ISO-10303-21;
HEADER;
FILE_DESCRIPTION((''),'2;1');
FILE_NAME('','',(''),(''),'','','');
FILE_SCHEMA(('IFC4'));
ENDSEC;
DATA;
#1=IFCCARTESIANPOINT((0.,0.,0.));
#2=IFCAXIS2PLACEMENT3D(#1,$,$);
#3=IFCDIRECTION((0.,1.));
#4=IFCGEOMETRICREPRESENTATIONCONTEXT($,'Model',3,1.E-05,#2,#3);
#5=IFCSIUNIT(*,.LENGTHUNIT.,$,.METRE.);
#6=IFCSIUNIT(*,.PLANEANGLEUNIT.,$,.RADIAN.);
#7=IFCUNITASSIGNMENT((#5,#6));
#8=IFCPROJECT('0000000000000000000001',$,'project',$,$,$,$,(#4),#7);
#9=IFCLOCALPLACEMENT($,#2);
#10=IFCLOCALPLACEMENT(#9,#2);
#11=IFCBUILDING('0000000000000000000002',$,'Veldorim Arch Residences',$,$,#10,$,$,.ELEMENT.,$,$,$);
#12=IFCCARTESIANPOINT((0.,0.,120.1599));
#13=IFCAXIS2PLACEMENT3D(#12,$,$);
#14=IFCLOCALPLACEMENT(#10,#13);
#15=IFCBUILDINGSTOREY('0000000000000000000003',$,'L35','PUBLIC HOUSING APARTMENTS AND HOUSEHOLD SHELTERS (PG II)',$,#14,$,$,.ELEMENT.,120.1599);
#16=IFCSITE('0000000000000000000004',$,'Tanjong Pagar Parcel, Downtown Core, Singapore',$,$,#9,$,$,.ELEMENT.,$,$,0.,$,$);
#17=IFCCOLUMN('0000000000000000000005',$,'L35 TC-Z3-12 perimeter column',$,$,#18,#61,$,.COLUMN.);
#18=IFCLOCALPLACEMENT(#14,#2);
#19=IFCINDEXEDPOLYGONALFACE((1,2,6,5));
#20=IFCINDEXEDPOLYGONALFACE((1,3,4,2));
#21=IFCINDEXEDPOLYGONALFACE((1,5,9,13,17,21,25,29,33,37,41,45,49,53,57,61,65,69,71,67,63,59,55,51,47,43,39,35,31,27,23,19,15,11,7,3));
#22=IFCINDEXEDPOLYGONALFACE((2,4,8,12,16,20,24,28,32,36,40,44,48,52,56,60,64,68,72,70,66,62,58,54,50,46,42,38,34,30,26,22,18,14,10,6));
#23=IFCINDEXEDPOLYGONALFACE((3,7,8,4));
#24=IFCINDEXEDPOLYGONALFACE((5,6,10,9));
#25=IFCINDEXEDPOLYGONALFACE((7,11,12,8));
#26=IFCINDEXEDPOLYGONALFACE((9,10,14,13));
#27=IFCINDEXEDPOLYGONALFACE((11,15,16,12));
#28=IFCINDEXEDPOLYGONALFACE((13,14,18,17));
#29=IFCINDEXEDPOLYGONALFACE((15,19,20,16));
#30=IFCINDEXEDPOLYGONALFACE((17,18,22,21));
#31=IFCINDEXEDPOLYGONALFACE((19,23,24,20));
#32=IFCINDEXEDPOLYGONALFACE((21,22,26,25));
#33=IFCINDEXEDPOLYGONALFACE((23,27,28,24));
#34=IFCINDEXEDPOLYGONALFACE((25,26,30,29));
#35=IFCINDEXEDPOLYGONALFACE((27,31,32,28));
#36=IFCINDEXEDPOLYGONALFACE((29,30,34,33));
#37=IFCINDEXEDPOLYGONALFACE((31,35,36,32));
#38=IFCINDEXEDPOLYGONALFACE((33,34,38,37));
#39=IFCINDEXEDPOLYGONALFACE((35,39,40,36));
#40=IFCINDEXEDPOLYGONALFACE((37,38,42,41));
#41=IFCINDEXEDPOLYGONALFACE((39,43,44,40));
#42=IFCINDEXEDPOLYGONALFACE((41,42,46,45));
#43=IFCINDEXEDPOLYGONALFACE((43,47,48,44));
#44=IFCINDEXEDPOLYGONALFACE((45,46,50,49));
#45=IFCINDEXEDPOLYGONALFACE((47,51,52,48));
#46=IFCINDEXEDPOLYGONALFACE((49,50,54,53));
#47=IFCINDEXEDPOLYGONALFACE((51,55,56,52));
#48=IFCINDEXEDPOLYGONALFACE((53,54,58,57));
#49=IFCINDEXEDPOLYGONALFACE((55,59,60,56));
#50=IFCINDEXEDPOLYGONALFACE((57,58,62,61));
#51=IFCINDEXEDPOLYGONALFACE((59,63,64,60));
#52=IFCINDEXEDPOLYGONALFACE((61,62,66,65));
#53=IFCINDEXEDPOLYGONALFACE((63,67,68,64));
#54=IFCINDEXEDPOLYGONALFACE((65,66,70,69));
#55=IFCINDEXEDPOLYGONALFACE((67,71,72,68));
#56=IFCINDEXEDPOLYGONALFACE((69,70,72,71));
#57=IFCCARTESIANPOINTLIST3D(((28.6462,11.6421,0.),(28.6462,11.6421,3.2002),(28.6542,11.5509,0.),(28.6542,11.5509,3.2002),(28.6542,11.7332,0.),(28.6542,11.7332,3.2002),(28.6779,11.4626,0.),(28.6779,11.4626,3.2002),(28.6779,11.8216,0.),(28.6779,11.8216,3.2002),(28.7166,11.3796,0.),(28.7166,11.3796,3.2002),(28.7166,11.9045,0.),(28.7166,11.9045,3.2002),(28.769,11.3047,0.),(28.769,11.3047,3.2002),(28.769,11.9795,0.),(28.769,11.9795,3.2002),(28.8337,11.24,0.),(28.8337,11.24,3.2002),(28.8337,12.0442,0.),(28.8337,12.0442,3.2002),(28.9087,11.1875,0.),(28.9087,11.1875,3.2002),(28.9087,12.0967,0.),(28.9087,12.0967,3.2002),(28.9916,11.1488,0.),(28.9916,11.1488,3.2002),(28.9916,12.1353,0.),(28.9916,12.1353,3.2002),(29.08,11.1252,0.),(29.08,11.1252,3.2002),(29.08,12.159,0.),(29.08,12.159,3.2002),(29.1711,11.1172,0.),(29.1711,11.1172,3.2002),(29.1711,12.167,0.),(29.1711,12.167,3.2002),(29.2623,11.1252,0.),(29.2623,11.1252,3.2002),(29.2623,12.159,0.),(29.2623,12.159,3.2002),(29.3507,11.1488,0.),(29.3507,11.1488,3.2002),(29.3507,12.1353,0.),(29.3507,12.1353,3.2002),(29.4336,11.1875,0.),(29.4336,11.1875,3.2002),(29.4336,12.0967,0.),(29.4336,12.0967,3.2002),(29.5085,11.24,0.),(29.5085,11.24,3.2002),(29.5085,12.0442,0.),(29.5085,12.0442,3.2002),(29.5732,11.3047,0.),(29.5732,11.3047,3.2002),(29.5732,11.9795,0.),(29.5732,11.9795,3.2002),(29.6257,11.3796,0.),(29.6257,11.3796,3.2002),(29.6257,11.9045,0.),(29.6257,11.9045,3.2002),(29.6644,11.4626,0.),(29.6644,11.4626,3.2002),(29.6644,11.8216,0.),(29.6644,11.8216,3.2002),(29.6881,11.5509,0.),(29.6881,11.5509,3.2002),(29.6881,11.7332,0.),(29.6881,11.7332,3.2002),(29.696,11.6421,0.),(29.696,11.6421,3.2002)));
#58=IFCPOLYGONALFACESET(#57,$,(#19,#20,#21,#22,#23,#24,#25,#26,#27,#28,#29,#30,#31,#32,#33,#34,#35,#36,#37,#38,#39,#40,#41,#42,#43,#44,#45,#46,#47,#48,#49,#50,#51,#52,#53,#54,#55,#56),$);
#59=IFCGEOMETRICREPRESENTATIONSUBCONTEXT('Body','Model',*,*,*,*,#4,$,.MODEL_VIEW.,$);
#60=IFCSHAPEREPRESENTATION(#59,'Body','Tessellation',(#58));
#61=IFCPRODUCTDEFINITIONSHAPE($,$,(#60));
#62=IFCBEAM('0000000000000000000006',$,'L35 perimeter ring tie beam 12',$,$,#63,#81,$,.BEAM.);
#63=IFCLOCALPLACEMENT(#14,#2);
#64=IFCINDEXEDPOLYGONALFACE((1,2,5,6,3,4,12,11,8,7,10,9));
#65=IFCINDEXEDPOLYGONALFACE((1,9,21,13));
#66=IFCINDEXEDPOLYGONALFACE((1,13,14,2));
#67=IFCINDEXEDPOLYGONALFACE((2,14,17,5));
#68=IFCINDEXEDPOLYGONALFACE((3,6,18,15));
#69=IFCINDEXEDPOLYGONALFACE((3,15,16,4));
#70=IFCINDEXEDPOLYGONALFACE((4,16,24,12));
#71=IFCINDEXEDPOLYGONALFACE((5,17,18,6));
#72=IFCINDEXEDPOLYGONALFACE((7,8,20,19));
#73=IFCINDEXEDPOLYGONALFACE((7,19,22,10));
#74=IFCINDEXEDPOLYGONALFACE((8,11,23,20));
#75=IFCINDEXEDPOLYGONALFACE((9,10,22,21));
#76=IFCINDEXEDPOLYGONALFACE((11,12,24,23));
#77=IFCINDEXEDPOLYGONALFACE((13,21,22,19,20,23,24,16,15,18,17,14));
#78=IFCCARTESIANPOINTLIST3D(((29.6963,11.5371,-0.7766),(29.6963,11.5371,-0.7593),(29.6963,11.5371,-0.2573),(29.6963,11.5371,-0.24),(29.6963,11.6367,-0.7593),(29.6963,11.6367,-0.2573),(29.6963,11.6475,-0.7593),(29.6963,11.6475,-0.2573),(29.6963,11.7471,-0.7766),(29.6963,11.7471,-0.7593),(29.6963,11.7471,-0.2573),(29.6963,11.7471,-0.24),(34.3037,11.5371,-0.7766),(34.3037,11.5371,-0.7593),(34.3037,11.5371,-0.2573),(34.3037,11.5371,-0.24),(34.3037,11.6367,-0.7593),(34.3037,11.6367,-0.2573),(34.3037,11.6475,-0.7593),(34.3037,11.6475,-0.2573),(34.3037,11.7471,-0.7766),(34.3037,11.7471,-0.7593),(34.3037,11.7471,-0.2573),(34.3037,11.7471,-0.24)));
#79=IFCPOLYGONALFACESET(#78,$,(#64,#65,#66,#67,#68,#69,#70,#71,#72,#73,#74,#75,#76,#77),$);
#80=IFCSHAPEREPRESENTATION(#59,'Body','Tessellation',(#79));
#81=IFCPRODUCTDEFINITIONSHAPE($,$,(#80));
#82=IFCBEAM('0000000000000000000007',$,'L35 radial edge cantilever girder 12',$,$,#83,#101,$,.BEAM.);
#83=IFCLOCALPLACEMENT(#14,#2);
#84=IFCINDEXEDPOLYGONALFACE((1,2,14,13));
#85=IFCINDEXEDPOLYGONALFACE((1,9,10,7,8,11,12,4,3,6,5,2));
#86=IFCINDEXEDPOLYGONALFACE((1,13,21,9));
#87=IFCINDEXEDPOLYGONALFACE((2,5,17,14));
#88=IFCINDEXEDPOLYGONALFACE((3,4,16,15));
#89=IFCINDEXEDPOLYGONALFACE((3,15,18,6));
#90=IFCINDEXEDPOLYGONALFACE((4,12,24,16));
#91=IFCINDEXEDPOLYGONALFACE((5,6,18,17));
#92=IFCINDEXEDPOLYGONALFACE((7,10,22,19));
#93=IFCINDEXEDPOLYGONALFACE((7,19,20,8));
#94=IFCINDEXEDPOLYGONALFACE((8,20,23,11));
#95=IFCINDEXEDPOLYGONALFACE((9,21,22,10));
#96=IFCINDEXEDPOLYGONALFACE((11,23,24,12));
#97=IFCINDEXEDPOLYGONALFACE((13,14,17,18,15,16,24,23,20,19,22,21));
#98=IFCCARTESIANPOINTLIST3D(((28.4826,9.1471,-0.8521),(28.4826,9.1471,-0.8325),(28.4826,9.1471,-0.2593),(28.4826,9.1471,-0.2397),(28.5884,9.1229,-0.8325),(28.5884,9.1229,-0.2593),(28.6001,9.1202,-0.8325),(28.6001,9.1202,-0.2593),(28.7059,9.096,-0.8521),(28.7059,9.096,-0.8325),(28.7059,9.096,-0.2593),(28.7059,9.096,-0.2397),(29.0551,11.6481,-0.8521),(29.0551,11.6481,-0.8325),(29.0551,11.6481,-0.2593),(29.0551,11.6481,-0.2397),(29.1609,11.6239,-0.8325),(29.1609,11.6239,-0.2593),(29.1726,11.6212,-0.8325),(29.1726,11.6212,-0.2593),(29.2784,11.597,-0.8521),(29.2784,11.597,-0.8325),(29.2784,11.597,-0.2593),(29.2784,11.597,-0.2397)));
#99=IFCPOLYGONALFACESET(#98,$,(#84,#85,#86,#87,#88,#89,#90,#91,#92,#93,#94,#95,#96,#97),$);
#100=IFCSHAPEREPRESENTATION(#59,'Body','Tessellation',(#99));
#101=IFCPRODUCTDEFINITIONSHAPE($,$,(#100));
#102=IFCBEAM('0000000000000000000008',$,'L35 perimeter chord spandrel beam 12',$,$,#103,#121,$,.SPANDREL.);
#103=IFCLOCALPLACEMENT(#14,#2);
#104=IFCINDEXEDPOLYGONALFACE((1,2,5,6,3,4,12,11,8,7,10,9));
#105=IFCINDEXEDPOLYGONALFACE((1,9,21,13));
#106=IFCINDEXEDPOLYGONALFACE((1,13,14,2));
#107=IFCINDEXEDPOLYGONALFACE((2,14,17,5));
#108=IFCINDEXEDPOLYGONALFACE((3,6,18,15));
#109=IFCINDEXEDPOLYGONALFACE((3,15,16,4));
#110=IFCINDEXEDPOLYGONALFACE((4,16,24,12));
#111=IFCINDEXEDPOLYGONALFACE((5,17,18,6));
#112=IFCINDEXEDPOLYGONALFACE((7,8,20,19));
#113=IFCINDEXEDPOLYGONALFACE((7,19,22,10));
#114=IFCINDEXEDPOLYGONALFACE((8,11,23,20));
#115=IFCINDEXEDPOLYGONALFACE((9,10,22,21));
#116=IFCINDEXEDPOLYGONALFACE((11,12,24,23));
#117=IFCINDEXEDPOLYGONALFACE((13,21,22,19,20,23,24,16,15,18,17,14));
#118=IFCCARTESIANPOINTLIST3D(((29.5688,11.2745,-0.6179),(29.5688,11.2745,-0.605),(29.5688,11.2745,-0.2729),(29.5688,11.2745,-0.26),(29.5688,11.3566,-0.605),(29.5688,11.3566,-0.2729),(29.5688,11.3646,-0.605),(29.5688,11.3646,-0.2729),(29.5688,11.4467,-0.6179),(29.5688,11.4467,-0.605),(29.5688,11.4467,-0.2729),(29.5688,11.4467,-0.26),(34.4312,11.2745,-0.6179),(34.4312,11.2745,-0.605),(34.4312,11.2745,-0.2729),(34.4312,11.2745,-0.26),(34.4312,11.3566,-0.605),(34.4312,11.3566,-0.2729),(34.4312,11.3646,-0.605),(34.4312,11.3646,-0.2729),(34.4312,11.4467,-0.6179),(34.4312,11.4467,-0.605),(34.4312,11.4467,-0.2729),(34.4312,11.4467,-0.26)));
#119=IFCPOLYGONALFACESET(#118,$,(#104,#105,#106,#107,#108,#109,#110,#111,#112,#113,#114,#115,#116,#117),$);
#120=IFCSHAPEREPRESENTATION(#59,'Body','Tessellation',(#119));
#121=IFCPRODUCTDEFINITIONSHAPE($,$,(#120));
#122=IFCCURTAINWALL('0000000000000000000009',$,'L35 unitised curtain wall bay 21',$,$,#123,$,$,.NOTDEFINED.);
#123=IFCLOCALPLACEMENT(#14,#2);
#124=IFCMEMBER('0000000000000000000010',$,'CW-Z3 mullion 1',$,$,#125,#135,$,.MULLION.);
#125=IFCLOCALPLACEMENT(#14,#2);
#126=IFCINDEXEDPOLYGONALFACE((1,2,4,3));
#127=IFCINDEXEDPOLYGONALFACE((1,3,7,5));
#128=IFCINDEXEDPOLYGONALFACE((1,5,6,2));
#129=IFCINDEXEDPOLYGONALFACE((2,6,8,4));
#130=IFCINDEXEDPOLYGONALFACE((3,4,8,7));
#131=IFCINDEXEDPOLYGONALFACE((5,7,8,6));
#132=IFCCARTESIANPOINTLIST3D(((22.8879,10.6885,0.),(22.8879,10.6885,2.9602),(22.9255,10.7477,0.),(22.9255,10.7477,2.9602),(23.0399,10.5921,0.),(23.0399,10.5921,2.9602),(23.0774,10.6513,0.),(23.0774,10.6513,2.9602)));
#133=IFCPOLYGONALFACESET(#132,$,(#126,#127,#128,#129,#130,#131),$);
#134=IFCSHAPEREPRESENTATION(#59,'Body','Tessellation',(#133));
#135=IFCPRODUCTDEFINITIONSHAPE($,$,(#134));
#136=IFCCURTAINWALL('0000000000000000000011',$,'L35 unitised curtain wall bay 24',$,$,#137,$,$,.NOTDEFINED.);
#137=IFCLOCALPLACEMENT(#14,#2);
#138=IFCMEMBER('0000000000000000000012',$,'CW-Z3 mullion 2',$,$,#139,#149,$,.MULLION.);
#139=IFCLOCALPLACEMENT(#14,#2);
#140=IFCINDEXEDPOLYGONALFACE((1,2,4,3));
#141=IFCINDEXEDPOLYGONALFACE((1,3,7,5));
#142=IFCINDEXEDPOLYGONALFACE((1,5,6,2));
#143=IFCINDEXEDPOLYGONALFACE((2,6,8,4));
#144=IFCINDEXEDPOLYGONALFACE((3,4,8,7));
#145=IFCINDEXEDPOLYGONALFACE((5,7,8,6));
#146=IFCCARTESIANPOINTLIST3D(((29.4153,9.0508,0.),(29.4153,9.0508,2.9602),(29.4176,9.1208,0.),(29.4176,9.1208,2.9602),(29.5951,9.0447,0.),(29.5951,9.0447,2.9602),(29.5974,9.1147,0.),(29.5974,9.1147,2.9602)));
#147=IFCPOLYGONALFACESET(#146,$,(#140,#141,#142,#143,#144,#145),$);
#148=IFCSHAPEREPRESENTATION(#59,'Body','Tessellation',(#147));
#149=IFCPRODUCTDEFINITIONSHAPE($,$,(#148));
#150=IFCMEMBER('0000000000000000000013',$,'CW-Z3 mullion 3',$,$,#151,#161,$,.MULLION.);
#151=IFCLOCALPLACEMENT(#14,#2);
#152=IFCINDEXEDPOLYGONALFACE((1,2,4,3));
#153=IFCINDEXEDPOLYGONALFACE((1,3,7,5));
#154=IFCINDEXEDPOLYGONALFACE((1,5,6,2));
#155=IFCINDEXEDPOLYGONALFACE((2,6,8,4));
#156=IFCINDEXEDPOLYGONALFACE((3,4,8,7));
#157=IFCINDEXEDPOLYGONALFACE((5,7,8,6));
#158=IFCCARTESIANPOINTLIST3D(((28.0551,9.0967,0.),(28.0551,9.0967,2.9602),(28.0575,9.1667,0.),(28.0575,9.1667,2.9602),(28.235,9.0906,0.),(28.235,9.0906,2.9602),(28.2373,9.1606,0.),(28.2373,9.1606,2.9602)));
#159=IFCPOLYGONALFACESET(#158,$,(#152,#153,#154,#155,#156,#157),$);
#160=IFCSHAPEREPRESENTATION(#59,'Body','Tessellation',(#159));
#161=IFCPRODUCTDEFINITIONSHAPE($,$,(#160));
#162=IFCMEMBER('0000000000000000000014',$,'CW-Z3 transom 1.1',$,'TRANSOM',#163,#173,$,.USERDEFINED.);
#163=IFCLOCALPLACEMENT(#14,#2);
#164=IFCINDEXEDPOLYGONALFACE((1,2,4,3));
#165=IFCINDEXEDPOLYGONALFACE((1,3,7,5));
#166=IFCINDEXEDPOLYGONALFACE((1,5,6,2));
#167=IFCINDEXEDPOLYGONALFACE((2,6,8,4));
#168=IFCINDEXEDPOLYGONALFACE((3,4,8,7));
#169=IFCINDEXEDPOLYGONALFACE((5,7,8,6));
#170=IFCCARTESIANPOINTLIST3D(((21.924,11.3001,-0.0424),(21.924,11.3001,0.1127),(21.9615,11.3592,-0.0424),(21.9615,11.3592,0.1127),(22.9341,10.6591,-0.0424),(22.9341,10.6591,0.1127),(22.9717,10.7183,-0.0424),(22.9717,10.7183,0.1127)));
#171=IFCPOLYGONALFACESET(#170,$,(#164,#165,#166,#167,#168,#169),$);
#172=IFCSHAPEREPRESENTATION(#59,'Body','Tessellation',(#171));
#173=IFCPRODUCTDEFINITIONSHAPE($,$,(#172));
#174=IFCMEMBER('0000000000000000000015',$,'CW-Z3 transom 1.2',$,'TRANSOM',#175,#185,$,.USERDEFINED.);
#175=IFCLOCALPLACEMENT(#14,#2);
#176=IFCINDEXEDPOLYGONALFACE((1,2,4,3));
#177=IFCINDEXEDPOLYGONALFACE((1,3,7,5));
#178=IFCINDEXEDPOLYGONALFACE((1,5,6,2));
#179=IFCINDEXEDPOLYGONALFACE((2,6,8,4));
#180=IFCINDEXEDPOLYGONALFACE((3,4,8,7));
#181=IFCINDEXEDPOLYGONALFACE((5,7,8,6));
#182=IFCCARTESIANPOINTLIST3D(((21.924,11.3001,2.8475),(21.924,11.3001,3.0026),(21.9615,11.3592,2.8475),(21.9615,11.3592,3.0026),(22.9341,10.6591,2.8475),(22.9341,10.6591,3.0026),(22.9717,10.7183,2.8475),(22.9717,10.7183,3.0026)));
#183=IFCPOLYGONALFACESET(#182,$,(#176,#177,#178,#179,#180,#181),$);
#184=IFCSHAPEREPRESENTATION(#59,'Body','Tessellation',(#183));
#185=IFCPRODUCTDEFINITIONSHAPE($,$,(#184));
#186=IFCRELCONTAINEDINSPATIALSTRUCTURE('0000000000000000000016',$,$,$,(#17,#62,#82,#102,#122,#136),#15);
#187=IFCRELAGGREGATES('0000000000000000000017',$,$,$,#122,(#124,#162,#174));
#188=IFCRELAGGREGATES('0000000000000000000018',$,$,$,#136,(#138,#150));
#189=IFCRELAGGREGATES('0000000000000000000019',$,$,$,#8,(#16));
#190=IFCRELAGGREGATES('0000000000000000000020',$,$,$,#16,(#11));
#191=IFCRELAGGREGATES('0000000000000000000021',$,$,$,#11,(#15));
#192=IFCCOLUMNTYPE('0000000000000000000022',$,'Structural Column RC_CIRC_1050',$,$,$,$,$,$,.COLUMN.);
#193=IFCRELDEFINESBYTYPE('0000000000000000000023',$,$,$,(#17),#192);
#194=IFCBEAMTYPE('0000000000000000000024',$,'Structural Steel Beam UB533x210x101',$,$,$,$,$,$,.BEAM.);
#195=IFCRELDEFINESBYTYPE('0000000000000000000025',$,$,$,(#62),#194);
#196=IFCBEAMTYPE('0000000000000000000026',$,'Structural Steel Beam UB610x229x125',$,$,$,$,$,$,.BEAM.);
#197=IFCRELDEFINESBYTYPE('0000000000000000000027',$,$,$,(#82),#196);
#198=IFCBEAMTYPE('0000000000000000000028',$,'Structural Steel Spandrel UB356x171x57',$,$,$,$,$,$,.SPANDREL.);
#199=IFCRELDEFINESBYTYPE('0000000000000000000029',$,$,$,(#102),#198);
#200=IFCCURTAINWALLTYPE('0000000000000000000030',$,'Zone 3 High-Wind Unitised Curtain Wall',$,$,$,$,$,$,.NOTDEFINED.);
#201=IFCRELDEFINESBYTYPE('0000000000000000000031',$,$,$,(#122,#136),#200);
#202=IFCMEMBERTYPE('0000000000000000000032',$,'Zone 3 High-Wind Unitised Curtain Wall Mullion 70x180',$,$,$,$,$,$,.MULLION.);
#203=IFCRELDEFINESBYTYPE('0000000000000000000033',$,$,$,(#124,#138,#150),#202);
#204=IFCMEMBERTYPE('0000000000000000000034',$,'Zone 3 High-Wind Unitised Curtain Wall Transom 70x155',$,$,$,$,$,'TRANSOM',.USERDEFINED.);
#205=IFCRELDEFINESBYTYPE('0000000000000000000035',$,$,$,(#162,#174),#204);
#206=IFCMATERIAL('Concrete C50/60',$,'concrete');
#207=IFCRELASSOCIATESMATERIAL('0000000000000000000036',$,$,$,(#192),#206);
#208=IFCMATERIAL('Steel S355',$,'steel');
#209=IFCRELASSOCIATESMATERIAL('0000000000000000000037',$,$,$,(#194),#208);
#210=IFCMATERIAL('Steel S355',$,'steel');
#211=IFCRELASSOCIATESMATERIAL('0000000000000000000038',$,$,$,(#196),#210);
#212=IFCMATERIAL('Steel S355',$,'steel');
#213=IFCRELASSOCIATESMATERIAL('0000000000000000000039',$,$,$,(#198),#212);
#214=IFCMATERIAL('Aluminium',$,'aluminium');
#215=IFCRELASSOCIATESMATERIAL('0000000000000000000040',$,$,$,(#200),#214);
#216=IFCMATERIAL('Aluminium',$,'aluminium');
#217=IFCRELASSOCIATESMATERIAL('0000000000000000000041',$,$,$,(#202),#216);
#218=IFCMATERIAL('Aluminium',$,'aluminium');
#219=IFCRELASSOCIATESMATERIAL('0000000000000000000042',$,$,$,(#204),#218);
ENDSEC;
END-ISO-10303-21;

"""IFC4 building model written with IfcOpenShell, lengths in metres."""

from ifc_helpers import new_model, si_unit, direction, frame, origin, origin_2d, place, context, subcontext, project, spatial, rectangle, circle, i_section, extrude, material, material_profile, profile_set, type_object, element, aggregate, save


model = new_model("IFC4")

# Units and contexts
model_context = context("Model", 3, precision=1e-05, world=origin(), true_north=direction((0.0, 1.0)))
body_context = subcontext(model_context, "Body", "Model", "MODEL_VIEW")
ifc_project = project(units=[si_unit("LENGTHUNIT", "METRE"), si_unit("PLANEANGLEUNIT", "RADIAN")], contexts=[model_context])

# Site, building, storey
site_placement = place(None, origin())
site = spatial("IfcSite", under=ifc_project, at=site_placement, Name="Tanjong Pagar Parcel, Downtown Core, Singapore", CompositionType="ELEMENT", RefElevation=0.0)
building_placement = place(site_placement, origin())
building = spatial("IfcBuilding", under=site, at=building_placement, Name="Veldorim Arch Residences", CompositionType="ELEMENT")
storey_placement = place(building_placement, frame((0.0, 0.0, 120.1599)))
storey = spatial("IfcBuildingStorey", under=building, at=storey_placement, Name="L35", Description="PUBLIC HOUSING APARTMENTS AND HOUSEHOLD SHELTERS (PG II)", CompositionType="ELEMENT", Elevation=120.1599)

# Column
ifc_material_1 = material(Name="Concrete C50/60", Category="concrete")
ifc_material_profile_1 = material_profile(ifc_material_1, circle(Radius=0.5249, at=origin_2d()), Name="RC_CIRC_1050")
ifc_profile_set_1 = profile_set([ifc_material_profile_1], Name="Concrete C50/60")
column_type = type_object("IfcColumnType", Name="Structural Column RC_CIRC_1050", PredefinedType="COLUMN", material=ifc_profile_set_1)
column_placement = place(storey_placement, frame((29.1711, 11.6421, 0.0), z_axis=(0.0, 0.0, 1.0), x_axis=(1.0, 0.0, 0.0)))
element("IfcColumn", 1, at=column_placement, inside=storey, type_object=column_type, Name="L35 TC-Z3-12 perimeter column", PredefinedType="COLUMN", context=body_context, shape_type="SweptSolid", body=[
    extrude(circle(Radius=0.5249, at=origin_2d()), origin(), (0.0, 0.0, 1.0), 3.2002),
])

# Beams
ifc_material_2 = material(Name="Steel S355", Category="steel")
ifc_material_profile_2 = material_profile(ifc_material_2, i_section(OverallWidth=0.21, OverallDepth=0.5366, WebThickness=0.0107, FlangeThickness=0.0173, at=origin_2d()), Name="UB533x210x101")
ifc_profile_set_2 = profile_set([ifc_material_profile_2], Name="Steel S355")
beam_type_1 = type_object("IfcBeamType", Name="Structural Steel Beam UB533x210x101", PredefinedType="BEAM", material=ifc_profile_set_2)
beam_1_placement = place(storey_placement, frame((29.6963, 11.6421, -0.5083), z_axis=(1.0, 0.0, 0.0), x_axis=(0.0, 1.0, 0.0)))
element("IfcBeam", 2, at=beam_1_placement, inside=storey, type_object=beam_type_1, Name="L35 perimeter ring tie beam 12", PredefinedType="BEAM", context=body_context, shape_type="SweptSolid", body=[
    extrude(i_section(OverallWidth=0.21, OverallDepth=0.5366, WebThickness=0.0107, FlangeThickness=0.0173, at=origin_2d()), origin(), (0.0, 0.0, 1.0), 4.6074),
])
ifc_material_3 = material(Name="Steel S355", Category="steel")
ifc_material_profile_3 = material_profile(ifc_material_3, i_section(OverallWidth=0.229, OverallDepth=0.6123, WebThickness=0.012, FlangeThickness=0.0195, at=origin_2d()), Name="UB610x229x125")
ifc_profile_set_3 = profile_set([ifc_material_profile_3], Name="Steel S355")
beam_type_2 = type_object("IfcBeamType", Name="Structural Steel Beam UB610x229x125", PredefinedType="BEAM", material=ifc_profile_set_3)
beam_2_placement = place(storey_placement, frame((29.1667, 11.6226, -0.5459), z_axis=(-0.223143, -0.974786, 0.0), x_axis=(0.974786, -0.223143, 0.0)))
element("IfcBeam", 3, at=beam_2_placement, inside=storey, type_object=beam_type_2, Name="L35 radial edge cantilever girder 12", PredefinedType="BEAM", context=body_context, shape_type="SweptSolid", body=[
    extrude(i_section(OverallWidth=0.229, OverallDepth=0.6123, WebThickness=0.012, FlangeThickness=0.0195, at=origin_2d()), origin(), (0.0, 0.0, 1.0), 2.5657),
])
ifc_material_4 = material(Name="Steel S355", Category="steel")
ifc_material_profile_4 = material_profile(ifc_material_4, i_section(OverallWidth=0.1721, OverallDepth=0.3579, WebThickness=0.0081, FlangeThickness=0.0129, at=origin_2d()), Name="UB356x171x57")
ifc_profile_set_4 = profile_set([ifc_material_profile_4], Name="Steel S355")
beam_type_3 = type_object("IfcBeamType", Name="Structural Steel Spandrel UB356x171x57", PredefinedType="SPANDREL", material=ifc_profile_set_4)
beam_3_placement = place(storey_placement, frame((29.5688, 11.3606, -0.439), z_axis=(1.0, 0.0, 0.0), x_axis=(0.0, 1.0, 0.0)))
element("IfcBeam", 4, at=beam_3_placement, inside=storey, type_object=beam_type_3, Name="L35 perimeter chord spandrel beam 12", PredefinedType="SPANDREL", context=body_context, shape_type="SweptSolid", body=[
    extrude(i_section(OverallWidth=0.1721, OverallDepth=0.3579, WebThickness=0.0081, FlangeThickness=0.0129, at=origin_2d()), origin(), (0.0, 0.0, 1.0), 4.8623),
])

# Curtain wall, member
ifc_material_5 = material(Name="Aluminium", Category="aluminium")
curtain_wall_type = type_object("IfcCurtainWallType", Name="Zone 3 High-Wind Unitised Curtain Wall", PredefinedType="NOTDEFINED", material=ifc_material_5)
curtain_wall_1_placement = place(storey_placement, origin())
curtain_wall_1 = element("IfcCurtainWall", 5, at=curtain_wall_1_placement, inside=storey, type_object=curtain_wall_type, Name="L35 unitised curtain wall bay 21", PredefinedType="NOTDEFINED")
ifc_material_6 = material(Name="Aluminium", Category="aluminium")
ifc_material_profile_5 = material_profile(ifc_material_6, rectangle(XDim=0.0701, YDim=0.1799, at=origin_2d()), Name="ALU_MUL_70x180")
ifc_profile_set_5 = profile_set([ifc_material_profile_5], Name="Aluminium")
member_type_1 = type_object("IfcMemberType", Name="Zone 3 High-Wind Unitised Curtain Wall Mullion 70x180", PredefinedType="MULLION", material=ifc_profile_set_5)
member_1_placement = place(storey_placement, frame((22.9827, 10.6699, 0.0), z_axis=(0.0, 0.0, 1.0), x_axis=(-0.535754, -0.844374, 0.0)))
member_1 = element("IfcMember", 6, at=member_1_placement, type_object=member_type_1, Name="CW-Z3 mullion 1", PredefinedType="MULLION", context=body_context, shape_type="SweptSolid", body=[
    extrude(rectangle(XDim=0.0701, YDim=0.1799, at=origin_2d()), origin(), (0.0, 0.0, 1.0), 2.9602),
])

# Curtain wall, members
curtain_wall_2_placement = place(storey_placement, origin())
curtain_wall_2 = element("IfcCurtainWall", 7, at=curtain_wall_2_placement, inside=storey, type_object=curtain_wall_type, Name="L35 unitised curtain wall bay 24", PredefinedType="NOTDEFINED")
member_2_placement = place(storey_placement, frame((29.5063, 9.0828, 0.0), z_axis=(0.0, 0.0, 1.0), x_axis=(-0.033743, -0.999431, 0.0)))
member_2 = element("IfcMember", 8, at=member_2_placement, type_object=member_type_1, Name="CW-Z3 mullion 2", PredefinedType="MULLION", context=body_context, shape_type="SweptSolid", body=[
    extrude(rectangle(XDim=0.0701, YDim=0.1799, at=origin_2d()), origin(), (0.0, 0.0, 1.0), 2.9602),
])
member_3_placement = place(storey_placement, frame((28.1462, 9.1287, 0.0), z_axis=(0.0, 0.0, 1.0), x_axis=(-0.033743, -0.999431, 0.0)))
member_3 = element("IfcMember", 9, at=member_3_placement, type_object=member_type_1, Name="CW-Z3 mullion 3", PredefinedType="MULLION", context=body_context, shape_type="SweptSolid", body=[
    extrude(rectangle(XDim=0.0701, YDim=0.1799, at=origin_2d()), origin(), (0.0, 0.0, 1.0), 2.9602),
])

# Members
ifc_material_7 = material(Name="Aluminium", Category="aluminium")
ifc_material_profile_6 = material_profile(ifc_material_7, rectangle(XDim=0.0701, YDim=0.155, at=origin_2d()), Name="ALU_TRN_70x155")
ifc_profile_set_6 = profile_set([ifc_material_profile_6], Name="Aluminium")
member_type_2 = type_object("IfcMemberType", Name="Zone 3 High-Wind Unitised Curtain Wall Transom 70x155", ElementType="TRANSOM", PredefinedType="USERDEFINED", material=ifc_profile_set_6)
member_4_placement = place(storey_placement, frame((22.9529, 10.6887, 0.0352), z_axis=(-0.844367, 0.535766, 0.0), x_axis=(-0.535766, -0.844367, 0.0)))
member_4 = element("IfcMember", 10, at=member_4_placement, type_object=member_type_2, Name="CW-Z3 transom 1.1", ObjectType="TRANSOM", PredefinedType="USERDEFINED", context=body_context, shape_type="SweptSolid", body=[
    extrude(rectangle(XDim=0.0701, YDim=0.155, at=origin_2d()), origin(), (0.0, 0.0, 1.0), 1.1963),
])
member_5_placement = place(storey_placement, frame((22.9529, 10.6887, 2.925), z_axis=(-0.844367, 0.535766, 0.0), x_axis=(-0.535766, -0.844367, 0.0)))
member_5 = element("IfcMember", 11, at=member_5_placement, type_object=member_type_2, Name="CW-Z3 transom 1.2", ObjectType="TRANSOM", PredefinedType="USERDEFINED", context=body_context, shape_type="SweptSolid", body=[
    extrude(rectangle(XDim=0.0701, YDim=0.155, at=origin_2d()), origin(), (0.0, 0.0, 1.0), 1.1963),
])
aggregate(curtain_wall_1, [member_1, member_4, member_5])

aggregate(curtain_wall_2, [member_2, member_3])

save(model, "model.ifc")
